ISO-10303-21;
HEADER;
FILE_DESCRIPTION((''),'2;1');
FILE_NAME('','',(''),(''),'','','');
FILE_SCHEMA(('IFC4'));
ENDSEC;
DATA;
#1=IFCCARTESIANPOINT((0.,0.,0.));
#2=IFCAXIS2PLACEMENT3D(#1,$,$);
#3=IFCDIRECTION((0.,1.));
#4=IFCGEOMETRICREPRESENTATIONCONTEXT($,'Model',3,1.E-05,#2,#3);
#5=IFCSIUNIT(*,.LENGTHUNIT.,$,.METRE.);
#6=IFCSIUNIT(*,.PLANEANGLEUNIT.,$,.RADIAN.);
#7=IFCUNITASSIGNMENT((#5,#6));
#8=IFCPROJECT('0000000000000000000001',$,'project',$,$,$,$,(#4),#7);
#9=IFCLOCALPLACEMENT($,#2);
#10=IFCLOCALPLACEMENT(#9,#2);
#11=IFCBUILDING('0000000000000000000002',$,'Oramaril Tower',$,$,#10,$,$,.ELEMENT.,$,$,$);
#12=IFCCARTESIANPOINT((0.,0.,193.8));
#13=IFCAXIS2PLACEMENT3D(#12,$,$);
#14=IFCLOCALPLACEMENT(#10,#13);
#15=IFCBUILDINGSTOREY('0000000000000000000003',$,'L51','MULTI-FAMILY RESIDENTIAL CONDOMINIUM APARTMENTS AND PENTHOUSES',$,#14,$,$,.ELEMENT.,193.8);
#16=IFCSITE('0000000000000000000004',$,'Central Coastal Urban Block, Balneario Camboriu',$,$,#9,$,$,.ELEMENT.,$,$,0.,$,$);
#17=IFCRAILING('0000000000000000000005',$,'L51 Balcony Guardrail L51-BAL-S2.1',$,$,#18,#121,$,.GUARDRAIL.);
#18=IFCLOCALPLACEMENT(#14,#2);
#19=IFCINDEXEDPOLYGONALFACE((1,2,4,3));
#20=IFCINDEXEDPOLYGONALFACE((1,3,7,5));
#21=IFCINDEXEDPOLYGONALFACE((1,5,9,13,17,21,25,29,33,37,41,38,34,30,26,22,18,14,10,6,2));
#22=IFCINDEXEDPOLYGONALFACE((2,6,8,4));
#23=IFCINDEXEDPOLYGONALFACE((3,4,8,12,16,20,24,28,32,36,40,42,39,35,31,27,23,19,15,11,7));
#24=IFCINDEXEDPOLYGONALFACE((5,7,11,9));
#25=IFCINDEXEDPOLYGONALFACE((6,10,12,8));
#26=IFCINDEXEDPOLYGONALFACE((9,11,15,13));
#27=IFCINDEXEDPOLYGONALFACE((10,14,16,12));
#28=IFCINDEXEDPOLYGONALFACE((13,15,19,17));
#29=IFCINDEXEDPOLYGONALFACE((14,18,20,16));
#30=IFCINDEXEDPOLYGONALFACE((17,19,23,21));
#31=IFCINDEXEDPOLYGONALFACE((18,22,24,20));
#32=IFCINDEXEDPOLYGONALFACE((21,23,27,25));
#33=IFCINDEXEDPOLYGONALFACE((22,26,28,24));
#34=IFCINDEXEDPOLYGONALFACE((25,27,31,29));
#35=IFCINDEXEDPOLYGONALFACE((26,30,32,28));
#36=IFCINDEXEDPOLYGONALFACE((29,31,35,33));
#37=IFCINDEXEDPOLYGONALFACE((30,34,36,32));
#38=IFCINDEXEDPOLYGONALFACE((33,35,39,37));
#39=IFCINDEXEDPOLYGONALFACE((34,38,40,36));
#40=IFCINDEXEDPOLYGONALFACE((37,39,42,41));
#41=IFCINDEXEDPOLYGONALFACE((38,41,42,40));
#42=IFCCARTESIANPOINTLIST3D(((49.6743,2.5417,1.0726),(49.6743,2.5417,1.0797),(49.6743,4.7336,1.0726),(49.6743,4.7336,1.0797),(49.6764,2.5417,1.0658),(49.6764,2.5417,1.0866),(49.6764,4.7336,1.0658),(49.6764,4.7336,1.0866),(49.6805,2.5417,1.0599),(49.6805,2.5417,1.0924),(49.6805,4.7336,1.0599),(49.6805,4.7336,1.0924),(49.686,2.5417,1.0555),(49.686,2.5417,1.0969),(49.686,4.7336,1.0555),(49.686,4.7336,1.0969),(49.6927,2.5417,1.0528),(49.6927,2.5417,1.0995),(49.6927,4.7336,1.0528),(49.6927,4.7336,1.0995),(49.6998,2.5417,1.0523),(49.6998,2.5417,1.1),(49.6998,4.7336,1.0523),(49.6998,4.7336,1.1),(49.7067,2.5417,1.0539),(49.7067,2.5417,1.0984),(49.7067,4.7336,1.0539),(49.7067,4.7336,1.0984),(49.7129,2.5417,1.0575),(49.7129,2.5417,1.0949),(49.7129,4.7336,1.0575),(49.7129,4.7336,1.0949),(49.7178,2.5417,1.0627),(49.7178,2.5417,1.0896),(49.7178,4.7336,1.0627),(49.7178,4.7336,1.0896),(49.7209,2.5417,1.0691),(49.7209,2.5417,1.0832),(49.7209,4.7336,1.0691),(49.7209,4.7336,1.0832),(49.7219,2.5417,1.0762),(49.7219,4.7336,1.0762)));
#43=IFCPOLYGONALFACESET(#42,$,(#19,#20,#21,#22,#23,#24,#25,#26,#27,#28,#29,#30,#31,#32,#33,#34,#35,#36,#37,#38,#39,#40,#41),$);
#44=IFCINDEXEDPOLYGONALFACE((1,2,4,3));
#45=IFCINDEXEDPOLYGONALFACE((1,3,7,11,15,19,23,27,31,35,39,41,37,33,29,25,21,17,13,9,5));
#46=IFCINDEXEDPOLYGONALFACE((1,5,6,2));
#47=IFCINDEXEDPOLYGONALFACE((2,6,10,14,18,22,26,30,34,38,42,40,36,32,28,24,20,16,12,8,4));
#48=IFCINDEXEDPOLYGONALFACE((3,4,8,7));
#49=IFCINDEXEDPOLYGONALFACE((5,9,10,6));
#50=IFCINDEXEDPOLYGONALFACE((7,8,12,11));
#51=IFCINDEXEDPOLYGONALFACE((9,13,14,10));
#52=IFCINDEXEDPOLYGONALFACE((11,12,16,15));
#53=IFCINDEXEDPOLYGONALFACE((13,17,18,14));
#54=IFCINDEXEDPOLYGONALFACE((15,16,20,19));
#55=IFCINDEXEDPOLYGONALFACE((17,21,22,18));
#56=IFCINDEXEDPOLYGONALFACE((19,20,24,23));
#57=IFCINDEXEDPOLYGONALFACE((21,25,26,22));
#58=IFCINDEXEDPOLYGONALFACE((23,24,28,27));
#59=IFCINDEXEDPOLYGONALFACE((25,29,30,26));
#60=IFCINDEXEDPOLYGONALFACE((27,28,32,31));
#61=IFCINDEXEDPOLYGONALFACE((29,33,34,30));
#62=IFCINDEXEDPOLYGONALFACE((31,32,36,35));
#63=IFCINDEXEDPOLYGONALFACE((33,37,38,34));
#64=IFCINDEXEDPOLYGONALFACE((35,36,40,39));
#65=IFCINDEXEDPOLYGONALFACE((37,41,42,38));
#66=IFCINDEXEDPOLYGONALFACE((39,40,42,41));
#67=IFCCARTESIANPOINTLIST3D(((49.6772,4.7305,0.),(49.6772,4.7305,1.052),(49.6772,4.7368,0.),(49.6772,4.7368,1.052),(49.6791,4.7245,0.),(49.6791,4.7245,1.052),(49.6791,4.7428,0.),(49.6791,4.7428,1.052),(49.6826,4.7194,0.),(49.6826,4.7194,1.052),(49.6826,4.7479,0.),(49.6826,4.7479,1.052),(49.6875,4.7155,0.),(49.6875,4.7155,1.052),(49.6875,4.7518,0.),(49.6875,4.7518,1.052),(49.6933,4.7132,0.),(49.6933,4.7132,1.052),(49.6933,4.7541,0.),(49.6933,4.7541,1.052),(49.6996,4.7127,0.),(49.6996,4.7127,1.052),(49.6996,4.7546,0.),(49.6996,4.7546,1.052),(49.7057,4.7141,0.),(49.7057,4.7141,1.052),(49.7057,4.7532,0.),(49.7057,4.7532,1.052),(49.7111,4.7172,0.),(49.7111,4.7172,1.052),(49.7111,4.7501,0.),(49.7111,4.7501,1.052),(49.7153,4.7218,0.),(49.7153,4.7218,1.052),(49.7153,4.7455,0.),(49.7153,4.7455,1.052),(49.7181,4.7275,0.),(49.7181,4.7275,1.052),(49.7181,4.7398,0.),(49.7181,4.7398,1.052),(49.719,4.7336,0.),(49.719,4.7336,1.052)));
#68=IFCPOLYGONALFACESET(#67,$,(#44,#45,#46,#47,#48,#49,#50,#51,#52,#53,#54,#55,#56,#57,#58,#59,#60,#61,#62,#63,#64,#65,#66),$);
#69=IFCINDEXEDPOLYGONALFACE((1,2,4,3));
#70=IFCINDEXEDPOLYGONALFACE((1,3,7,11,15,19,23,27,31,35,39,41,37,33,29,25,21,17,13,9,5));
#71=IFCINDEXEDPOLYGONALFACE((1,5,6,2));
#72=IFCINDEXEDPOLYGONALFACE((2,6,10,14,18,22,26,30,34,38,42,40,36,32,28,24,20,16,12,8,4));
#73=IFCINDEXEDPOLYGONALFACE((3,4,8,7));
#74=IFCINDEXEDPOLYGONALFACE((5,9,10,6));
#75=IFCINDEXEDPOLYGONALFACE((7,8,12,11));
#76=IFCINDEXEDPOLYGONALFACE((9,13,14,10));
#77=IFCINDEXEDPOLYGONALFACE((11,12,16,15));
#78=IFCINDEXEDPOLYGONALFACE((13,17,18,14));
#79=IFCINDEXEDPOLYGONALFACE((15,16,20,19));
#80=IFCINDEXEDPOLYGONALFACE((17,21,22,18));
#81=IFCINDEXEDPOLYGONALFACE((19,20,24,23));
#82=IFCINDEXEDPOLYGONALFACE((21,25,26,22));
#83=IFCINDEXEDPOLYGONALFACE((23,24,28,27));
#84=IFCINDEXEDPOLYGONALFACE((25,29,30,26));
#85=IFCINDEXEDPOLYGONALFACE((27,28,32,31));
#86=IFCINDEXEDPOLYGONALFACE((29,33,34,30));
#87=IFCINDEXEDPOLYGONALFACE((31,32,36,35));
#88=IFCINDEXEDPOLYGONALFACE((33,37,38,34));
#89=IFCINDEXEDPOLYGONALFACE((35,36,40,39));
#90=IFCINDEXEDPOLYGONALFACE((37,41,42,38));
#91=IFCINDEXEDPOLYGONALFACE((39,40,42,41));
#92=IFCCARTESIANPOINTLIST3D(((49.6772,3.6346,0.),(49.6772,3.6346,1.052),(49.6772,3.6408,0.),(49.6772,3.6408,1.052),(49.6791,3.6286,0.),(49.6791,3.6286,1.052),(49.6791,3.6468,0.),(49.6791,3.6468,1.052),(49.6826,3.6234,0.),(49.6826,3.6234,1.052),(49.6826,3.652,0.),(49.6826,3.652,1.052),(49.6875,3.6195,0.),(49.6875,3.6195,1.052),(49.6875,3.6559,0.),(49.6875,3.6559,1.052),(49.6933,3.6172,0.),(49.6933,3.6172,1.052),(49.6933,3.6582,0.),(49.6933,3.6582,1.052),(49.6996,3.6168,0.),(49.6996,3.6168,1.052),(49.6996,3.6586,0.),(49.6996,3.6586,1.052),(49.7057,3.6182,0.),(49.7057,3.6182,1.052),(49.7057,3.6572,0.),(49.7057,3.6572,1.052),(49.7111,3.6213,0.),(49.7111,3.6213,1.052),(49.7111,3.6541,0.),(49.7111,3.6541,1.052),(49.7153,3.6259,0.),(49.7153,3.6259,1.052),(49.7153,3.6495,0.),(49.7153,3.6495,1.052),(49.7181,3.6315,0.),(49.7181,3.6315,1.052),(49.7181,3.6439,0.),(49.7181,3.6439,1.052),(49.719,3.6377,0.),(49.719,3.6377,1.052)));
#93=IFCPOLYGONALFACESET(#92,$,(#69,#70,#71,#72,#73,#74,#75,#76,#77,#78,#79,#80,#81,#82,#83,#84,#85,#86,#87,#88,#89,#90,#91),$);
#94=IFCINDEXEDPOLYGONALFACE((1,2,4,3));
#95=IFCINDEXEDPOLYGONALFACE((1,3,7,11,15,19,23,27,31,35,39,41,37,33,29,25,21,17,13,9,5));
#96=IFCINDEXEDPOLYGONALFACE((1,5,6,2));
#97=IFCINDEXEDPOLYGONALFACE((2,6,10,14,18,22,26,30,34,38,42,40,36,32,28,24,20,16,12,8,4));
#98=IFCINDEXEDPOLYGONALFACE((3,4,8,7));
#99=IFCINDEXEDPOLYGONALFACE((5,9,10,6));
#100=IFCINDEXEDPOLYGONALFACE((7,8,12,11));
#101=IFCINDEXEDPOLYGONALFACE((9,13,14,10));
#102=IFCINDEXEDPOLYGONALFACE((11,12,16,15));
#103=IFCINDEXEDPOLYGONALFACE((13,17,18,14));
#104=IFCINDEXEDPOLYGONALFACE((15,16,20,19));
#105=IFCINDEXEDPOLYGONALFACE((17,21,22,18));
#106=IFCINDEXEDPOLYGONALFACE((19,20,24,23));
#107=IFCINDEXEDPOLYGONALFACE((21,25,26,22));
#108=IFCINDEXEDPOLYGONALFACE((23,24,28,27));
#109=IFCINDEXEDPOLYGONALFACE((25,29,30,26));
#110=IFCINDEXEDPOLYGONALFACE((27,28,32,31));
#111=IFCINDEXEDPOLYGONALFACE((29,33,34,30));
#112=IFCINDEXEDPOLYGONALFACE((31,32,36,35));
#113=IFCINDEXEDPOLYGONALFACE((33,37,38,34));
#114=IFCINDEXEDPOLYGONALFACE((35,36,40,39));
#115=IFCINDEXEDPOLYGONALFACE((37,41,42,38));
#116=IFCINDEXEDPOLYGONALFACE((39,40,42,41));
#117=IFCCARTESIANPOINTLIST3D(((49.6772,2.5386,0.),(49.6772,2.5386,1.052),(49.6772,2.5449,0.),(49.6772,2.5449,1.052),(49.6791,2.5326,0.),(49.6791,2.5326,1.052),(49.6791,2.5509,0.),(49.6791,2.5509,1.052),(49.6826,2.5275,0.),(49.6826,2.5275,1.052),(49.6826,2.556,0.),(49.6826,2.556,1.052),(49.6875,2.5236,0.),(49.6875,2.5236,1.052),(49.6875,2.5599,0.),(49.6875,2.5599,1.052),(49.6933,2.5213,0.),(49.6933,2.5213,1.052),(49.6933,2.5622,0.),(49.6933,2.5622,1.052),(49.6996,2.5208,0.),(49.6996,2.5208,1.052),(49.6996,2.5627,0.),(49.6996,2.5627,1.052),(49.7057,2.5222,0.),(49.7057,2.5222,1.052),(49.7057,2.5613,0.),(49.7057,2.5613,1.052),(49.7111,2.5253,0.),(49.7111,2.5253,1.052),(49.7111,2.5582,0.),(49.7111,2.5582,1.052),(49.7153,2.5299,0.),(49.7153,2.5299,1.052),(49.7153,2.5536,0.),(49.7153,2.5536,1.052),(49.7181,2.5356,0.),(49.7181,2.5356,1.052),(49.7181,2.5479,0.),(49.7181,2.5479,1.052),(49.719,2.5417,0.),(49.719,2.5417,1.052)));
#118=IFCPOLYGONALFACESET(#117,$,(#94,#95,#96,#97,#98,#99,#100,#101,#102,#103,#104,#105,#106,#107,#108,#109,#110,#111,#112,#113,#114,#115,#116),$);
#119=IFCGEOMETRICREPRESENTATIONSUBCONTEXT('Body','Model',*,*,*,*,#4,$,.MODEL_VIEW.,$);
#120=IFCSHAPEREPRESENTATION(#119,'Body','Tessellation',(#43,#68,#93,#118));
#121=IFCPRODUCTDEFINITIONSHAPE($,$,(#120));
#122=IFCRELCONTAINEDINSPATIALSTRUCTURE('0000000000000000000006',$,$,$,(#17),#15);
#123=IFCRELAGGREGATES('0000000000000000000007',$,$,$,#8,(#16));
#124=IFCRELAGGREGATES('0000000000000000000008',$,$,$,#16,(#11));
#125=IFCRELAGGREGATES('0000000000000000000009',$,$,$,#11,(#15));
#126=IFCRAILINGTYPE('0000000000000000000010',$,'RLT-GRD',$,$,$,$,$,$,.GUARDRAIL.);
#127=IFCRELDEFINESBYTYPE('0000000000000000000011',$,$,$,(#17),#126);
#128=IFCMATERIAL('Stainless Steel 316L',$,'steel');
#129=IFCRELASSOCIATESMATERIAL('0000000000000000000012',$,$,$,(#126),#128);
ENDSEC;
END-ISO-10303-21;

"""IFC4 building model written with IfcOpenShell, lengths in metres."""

from ifc_helpers import new_model, si_unit, direction, frame, origin, origin_2d, place, context, subcontext, project, spatial, circle, extrude, material, type_object, element, save


model = new_model("IFC4")

# Units and contexts
model_context = context("Model", 3, precision=1e-05, world=origin(), true_north=direction((0.0, 1.0)))
body_context = subcontext(model_context, "Body", "Model", "MODEL_VIEW")
ifc_project = project(units=[si_unit("LENGTHUNIT", "METRE"), si_unit("PLANEANGLEUNIT", "RADIAN")], contexts=[model_context])

# Site, building, storey
site_placement = place(None, origin())
site = spatial("IfcSite", under=ifc_project, at=site_placement, Name="Central Coastal Urban Block, Balneario Camboriu", CompositionType="ELEMENT", RefElevation=0.0)
building_placement = place(site_placement, origin())
building = spatial("IfcBuilding", under=site, at=building_placement, Name="Oramaril Tower", CompositionType="ELEMENT")
storey_placement = place(building_placement, frame((0.0, 0.0, 193.8)))
storey = spatial("IfcBuildingStorey", under=building, at=storey_placement, Name="L51", Description="MULTI-FAMILY RESIDENTIAL CONDOMINIUM APARTMENTS AND PENTHOUSES", CompositionType="ELEMENT", Elevation=193.8)

# Railing
ifc_material_1 = material(Name="Stainless Steel 316L", Category="steel")
railing_type_1 = type_object("IfcRailingType", Name="RLT-GRD", PredefinedType="GUARDRAIL", material=ifc_material_1)
railing_1_placement = place(storey_placement, frame((49.698, 4.7336, 0.0)))
element("IfcRailing", 1, at=railing_1_placement, inside=storey, type_object=railing_type_1, Name="L51 Balcony Guardrail L51-BAL-S2.1", PredefinedType="GUARDRAIL", context=body_context, shape_type="SweptSolid", body=[
    extrude(circle(Radius=0.0239, at=origin_2d()), frame((0.0, 0.0, 1.0762), z_axis=(0.0, -1.0, 0.0), x_axis=(1.0, 0.0, 0.0)), (0.0, 0.0, 1.0), 2.1919),
    extrude(circle(Radius=0.021, at=origin_2d()), origin(), (0.0, 0.0, 1.0), 1.052),
    extrude(circle(Radius=0.021, at=origin_2d()), frame((0.0, -1.0959, 0.0)), (0.0, 0.0, 1.0), 1.052),
    extrude(circle(Radius=0.021, at=origin_2d()), frame((0.0, -2.1919, 0.0)), (0.0, 0.0, 1.0), 1.052),
])

save(model, "model.ifc")
